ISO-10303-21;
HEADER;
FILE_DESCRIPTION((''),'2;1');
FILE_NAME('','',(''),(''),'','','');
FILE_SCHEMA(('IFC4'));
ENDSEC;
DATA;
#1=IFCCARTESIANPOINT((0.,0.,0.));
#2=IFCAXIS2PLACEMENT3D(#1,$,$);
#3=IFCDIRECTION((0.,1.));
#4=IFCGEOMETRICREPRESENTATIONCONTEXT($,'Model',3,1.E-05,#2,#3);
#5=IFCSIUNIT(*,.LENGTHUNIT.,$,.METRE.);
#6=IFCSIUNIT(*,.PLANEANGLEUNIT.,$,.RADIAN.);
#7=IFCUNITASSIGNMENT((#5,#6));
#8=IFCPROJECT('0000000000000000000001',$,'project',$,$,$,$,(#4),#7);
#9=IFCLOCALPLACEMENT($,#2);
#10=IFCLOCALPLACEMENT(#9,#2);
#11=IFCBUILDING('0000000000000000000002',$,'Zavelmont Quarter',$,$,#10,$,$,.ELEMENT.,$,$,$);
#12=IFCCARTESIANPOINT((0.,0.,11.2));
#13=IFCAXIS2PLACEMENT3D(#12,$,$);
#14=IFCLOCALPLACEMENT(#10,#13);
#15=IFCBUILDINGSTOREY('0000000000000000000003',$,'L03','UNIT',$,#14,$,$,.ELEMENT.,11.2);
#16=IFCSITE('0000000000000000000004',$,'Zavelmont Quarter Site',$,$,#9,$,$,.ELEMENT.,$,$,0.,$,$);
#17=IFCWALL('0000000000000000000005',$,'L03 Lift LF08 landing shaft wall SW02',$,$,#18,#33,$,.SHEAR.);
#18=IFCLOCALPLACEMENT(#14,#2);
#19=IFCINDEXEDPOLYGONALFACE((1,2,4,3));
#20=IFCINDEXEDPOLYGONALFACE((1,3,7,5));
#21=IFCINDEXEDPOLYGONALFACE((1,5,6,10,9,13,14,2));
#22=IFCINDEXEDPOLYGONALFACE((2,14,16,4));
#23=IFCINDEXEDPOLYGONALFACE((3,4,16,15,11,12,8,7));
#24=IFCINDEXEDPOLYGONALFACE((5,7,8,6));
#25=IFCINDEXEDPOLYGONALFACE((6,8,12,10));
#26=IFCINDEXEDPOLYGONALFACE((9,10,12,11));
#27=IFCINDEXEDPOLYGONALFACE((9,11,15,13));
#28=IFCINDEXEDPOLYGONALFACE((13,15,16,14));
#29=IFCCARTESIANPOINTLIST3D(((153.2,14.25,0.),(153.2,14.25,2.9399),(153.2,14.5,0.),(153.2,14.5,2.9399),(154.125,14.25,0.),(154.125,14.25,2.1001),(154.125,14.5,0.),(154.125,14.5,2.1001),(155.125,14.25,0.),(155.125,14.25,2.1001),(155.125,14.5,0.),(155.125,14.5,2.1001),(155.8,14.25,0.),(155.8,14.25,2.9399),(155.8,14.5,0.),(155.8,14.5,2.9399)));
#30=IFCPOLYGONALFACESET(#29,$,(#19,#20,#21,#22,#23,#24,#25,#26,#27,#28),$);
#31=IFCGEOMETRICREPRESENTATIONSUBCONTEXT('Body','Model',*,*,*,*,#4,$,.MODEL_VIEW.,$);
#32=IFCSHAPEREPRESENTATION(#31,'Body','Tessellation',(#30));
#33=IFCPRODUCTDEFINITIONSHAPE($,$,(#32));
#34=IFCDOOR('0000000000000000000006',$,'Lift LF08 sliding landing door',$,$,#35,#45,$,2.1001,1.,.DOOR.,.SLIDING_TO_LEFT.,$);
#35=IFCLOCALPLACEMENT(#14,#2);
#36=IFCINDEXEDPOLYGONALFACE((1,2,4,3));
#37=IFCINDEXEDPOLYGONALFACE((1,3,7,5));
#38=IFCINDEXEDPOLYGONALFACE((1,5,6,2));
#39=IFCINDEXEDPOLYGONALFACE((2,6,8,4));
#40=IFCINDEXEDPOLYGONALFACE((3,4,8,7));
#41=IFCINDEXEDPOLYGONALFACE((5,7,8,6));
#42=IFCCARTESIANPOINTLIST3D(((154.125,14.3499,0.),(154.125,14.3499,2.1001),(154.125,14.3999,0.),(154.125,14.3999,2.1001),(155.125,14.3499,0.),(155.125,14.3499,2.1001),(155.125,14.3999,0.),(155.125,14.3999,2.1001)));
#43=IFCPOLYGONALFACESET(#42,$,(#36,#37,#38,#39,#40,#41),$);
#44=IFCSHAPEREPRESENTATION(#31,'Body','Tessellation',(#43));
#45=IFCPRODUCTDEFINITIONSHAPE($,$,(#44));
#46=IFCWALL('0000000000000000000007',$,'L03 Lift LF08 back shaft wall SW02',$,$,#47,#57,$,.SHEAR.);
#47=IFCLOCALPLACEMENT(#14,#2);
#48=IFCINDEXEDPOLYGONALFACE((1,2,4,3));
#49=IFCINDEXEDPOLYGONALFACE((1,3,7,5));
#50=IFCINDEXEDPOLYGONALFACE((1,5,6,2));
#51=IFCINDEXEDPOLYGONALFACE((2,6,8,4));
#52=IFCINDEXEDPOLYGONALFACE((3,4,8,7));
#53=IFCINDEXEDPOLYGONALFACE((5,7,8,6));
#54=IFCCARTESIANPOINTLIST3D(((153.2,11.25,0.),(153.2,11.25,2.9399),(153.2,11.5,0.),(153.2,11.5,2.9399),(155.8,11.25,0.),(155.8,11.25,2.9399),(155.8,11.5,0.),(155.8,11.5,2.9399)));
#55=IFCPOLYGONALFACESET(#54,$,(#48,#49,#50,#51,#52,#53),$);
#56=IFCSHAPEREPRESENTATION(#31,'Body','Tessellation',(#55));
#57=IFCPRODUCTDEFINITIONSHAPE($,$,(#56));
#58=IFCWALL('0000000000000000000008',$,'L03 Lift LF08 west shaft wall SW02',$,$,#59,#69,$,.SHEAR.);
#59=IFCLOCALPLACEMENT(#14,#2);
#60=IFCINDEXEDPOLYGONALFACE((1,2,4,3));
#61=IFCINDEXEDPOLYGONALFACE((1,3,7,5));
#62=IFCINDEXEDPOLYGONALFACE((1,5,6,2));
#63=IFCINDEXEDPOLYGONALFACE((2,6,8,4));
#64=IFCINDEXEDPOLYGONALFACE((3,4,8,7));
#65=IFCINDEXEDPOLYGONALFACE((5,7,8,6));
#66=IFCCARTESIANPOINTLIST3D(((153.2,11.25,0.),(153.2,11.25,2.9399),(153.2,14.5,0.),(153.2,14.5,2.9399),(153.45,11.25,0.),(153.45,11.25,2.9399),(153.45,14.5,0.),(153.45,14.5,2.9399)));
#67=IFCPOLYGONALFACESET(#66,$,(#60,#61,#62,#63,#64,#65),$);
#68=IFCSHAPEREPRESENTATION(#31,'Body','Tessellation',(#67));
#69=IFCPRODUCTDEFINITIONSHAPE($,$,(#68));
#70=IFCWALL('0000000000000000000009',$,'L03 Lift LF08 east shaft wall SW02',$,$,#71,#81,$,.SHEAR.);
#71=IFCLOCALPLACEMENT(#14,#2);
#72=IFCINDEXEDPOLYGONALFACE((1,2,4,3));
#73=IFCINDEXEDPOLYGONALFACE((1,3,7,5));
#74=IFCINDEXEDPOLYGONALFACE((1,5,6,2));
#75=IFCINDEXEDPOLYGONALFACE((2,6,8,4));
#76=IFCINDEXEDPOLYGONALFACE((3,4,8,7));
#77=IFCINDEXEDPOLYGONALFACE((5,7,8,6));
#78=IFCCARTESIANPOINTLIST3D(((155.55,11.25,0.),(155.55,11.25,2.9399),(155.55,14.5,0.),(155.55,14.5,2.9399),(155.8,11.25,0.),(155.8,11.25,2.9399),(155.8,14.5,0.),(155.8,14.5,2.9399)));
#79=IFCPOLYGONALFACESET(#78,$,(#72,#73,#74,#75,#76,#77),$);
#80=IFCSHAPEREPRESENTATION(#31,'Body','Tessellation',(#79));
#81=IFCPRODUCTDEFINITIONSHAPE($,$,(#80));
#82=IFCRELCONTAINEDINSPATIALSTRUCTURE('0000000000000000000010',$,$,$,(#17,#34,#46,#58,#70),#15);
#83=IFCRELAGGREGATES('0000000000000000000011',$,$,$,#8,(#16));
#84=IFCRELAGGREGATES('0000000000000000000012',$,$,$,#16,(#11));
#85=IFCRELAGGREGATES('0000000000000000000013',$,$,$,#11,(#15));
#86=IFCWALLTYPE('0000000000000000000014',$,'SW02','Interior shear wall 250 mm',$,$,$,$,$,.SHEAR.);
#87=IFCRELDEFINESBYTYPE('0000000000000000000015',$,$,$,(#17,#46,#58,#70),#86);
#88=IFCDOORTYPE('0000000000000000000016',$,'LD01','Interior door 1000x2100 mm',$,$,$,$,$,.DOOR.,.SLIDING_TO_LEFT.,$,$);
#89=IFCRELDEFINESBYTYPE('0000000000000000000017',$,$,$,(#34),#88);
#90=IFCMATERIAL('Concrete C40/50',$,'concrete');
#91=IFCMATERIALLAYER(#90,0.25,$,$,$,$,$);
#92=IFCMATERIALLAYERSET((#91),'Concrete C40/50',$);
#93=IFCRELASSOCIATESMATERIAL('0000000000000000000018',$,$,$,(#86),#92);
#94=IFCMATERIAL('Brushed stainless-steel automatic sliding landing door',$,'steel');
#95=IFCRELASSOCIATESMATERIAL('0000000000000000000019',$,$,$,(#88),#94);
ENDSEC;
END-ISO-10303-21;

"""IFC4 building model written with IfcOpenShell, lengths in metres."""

from ifc_helpers import new_model, si_unit, direction, frame, frame_2d, origin, origin_with_axes, place, context, subcontext, project, spatial, rectangle, extrude, material, layer, layer_set, type_object, element, fill, save


model = new_model("IFC4")

# Units and contexts
model_context = context("Model", 3, precision=1e-05, world=origin(), true_north=direction((0.0, 1.0)))
body_context = subcontext(model_context, "Body", "Model", "MODEL_VIEW")
ifc_project = project(units=[si_unit("LENGTHUNIT", "METRE"), si_unit("PLANEANGLEUNIT", "RADIAN")], contexts=[model_context])

# Site, building, storey
site_placement = place(None, origin())
site = spatial("IfcSite", under=ifc_project, at=site_placement, Name="Zavelmont Quarter Site", CompositionType="ELEMENT", RefElevation=0.0)
building_placement = place(site_placement, origin())
building = spatial("IfcBuilding", under=site, at=building_placement, Name="Zavelmont Quarter", CompositionType="ELEMENT")
storey_placement = place(building_placement, frame((0.0, 0.0, 11.2)))
storey = spatial("IfcBuildingStorey", under=building, at=storey_placement, Name="L03", Description="UNIT", CompositionType="ELEMENT", Elevation=11.2)

# Shared definitions
ifc_material_1 = material(Name="Concrete C40/50", Category="concrete")

# Wall, opening, door
ifc_layer_1 = layer(ifc_material_1, 0.25)
ifc_layer_set_1 = layer_set([ifc_layer_1], Name="Concrete C40/50")
wall_type_1 = type_object("IfcWallType", Name="SW02", Description="Interior shear wall 250 mm", PredefinedType="SHEAR", material=ifc_layer_set_1)
wall_1_placement = place(storey_placement, frame((153.2, 14.375, 0.0), z_axis=(0.0, 0.0, 1.0), x_axis=(1.0, 0.0, 0.0)))
wall_1 = element("IfcWall", 1, at=wall_1_placement, inside=storey, type_object=wall_type_1, Name="L03 Lift LF08 landing shaft wall SW02", PredefinedType="SHEAR", context=body_context, shape_type="SweptSolid", body=[
    extrude(rectangle(XDim=2.6001, YDim=0.25, at=frame_2d((1.3, 0.0))), origin(), (0.0, 0.0, 1.0), 2.9399),
])
opening_1_placement = place(wall_1_placement, frame((0.925, 0.0, 0.0)))
opening_1 = element("IfcOpeningElement", 2, at=opening_1_placement, cuts=wall_1, PredefinedType="OPENING", context=body_context, shape_type="SweptSolid", body=[
    extrude(rectangle(XDim=1.0, YDim=2.1001, at=frame_2d((0.5, 1.05))), frame((0.0, 0.137, 0.0), z_axis=(0.0, -1.0, 0.0), x_axis=(1.0, 0.0, 0.0)), (0.0, 0.0, 1.0), 0.2739),
])
ifc_material_2 = material(Name="Brushed stainless-steel automatic sliding landing door", Category="steel")
door_type_1 = type_object("IfcDoorType", Name="LD01", Description="Interior door 1000x2100 mm", OperationType="SLIDING_TO_LEFT", PredefinedType="DOOR", material=ifc_material_2)
door_1_placement = place(opening_1_placement, origin_with_axes())
door_1 = element("IfcDoor", 3, at=door_1_placement, inside=storey, type_object=door_type_1, Name="Lift LF08 sliding landing door", OperationType="SLIDING_TO_LEFT", OverallHeight=2.1001, OverallWidth=1.0, PredefinedType="DOOR", context=body_context, shape_type="SweptSolid", body=[
    extrude(rectangle(XDim=1.0, YDim=2.1001, at=frame_2d((0.5, 1.05))), frame((0.0, 0.0249, 0.0), z_axis=(0.0, -1.0, 0.0), x_axis=(1.0, 0.0, 0.0)), (0.0, 0.0, 1.0), 0.05),
])
fill(opening_1, door_1)

# Walls
wall_2_placement = place(storey_placement, frame((153.2, 11.375, 0.0), z_axis=(0.0, 0.0, 1.0), x_axis=(1.0, 0.0, 0.0)))
element("IfcWall", 4, at=wall_2_placement, inside=storey, type_object=wall_type_1, Name="L03 Lift LF08 back shaft wall SW02", PredefinedType="SHEAR", context=body_context, shape_type="SweptSolid", body=[
    extrude(rectangle(XDim=2.6001, YDim=0.25, at=frame_2d((1.3, 0.0))), origin(), (0.0, 0.0, 1.0), 2.9399),
])
for number, where, z_axis, x_axis, name in (
    (5, (153.325, 11.25, 0.0), (0.0, 0.0, 1.0), (0.0, 1.0, 0.0), "L03 Lift LF08 west shaft wall SW02"),
    (6, (155.675, 11.25, 0.0), (0.0, 0.0, 1.0), (0.0, 1.0, 0.0), "L03 Lift LF08 east shaft wall SW02"),
):
    element("IfcWall", number, at=place(storey_placement, frame(where, z_axis=z_axis, x_axis=x_axis)), inside=storey, type_object=wall_type_1, Name=name, PredefinedType="SHEAR", context=body_context, shape_type="SweptSolid", body=[
        extrude(rectangle(XDim=3.25, YDim=0.25, at=frame_2d((1.625, 0.0))), origin(), (0.0, 0.0, 1.0), 2.9399),
    ])

save(model, "model.ifc")
